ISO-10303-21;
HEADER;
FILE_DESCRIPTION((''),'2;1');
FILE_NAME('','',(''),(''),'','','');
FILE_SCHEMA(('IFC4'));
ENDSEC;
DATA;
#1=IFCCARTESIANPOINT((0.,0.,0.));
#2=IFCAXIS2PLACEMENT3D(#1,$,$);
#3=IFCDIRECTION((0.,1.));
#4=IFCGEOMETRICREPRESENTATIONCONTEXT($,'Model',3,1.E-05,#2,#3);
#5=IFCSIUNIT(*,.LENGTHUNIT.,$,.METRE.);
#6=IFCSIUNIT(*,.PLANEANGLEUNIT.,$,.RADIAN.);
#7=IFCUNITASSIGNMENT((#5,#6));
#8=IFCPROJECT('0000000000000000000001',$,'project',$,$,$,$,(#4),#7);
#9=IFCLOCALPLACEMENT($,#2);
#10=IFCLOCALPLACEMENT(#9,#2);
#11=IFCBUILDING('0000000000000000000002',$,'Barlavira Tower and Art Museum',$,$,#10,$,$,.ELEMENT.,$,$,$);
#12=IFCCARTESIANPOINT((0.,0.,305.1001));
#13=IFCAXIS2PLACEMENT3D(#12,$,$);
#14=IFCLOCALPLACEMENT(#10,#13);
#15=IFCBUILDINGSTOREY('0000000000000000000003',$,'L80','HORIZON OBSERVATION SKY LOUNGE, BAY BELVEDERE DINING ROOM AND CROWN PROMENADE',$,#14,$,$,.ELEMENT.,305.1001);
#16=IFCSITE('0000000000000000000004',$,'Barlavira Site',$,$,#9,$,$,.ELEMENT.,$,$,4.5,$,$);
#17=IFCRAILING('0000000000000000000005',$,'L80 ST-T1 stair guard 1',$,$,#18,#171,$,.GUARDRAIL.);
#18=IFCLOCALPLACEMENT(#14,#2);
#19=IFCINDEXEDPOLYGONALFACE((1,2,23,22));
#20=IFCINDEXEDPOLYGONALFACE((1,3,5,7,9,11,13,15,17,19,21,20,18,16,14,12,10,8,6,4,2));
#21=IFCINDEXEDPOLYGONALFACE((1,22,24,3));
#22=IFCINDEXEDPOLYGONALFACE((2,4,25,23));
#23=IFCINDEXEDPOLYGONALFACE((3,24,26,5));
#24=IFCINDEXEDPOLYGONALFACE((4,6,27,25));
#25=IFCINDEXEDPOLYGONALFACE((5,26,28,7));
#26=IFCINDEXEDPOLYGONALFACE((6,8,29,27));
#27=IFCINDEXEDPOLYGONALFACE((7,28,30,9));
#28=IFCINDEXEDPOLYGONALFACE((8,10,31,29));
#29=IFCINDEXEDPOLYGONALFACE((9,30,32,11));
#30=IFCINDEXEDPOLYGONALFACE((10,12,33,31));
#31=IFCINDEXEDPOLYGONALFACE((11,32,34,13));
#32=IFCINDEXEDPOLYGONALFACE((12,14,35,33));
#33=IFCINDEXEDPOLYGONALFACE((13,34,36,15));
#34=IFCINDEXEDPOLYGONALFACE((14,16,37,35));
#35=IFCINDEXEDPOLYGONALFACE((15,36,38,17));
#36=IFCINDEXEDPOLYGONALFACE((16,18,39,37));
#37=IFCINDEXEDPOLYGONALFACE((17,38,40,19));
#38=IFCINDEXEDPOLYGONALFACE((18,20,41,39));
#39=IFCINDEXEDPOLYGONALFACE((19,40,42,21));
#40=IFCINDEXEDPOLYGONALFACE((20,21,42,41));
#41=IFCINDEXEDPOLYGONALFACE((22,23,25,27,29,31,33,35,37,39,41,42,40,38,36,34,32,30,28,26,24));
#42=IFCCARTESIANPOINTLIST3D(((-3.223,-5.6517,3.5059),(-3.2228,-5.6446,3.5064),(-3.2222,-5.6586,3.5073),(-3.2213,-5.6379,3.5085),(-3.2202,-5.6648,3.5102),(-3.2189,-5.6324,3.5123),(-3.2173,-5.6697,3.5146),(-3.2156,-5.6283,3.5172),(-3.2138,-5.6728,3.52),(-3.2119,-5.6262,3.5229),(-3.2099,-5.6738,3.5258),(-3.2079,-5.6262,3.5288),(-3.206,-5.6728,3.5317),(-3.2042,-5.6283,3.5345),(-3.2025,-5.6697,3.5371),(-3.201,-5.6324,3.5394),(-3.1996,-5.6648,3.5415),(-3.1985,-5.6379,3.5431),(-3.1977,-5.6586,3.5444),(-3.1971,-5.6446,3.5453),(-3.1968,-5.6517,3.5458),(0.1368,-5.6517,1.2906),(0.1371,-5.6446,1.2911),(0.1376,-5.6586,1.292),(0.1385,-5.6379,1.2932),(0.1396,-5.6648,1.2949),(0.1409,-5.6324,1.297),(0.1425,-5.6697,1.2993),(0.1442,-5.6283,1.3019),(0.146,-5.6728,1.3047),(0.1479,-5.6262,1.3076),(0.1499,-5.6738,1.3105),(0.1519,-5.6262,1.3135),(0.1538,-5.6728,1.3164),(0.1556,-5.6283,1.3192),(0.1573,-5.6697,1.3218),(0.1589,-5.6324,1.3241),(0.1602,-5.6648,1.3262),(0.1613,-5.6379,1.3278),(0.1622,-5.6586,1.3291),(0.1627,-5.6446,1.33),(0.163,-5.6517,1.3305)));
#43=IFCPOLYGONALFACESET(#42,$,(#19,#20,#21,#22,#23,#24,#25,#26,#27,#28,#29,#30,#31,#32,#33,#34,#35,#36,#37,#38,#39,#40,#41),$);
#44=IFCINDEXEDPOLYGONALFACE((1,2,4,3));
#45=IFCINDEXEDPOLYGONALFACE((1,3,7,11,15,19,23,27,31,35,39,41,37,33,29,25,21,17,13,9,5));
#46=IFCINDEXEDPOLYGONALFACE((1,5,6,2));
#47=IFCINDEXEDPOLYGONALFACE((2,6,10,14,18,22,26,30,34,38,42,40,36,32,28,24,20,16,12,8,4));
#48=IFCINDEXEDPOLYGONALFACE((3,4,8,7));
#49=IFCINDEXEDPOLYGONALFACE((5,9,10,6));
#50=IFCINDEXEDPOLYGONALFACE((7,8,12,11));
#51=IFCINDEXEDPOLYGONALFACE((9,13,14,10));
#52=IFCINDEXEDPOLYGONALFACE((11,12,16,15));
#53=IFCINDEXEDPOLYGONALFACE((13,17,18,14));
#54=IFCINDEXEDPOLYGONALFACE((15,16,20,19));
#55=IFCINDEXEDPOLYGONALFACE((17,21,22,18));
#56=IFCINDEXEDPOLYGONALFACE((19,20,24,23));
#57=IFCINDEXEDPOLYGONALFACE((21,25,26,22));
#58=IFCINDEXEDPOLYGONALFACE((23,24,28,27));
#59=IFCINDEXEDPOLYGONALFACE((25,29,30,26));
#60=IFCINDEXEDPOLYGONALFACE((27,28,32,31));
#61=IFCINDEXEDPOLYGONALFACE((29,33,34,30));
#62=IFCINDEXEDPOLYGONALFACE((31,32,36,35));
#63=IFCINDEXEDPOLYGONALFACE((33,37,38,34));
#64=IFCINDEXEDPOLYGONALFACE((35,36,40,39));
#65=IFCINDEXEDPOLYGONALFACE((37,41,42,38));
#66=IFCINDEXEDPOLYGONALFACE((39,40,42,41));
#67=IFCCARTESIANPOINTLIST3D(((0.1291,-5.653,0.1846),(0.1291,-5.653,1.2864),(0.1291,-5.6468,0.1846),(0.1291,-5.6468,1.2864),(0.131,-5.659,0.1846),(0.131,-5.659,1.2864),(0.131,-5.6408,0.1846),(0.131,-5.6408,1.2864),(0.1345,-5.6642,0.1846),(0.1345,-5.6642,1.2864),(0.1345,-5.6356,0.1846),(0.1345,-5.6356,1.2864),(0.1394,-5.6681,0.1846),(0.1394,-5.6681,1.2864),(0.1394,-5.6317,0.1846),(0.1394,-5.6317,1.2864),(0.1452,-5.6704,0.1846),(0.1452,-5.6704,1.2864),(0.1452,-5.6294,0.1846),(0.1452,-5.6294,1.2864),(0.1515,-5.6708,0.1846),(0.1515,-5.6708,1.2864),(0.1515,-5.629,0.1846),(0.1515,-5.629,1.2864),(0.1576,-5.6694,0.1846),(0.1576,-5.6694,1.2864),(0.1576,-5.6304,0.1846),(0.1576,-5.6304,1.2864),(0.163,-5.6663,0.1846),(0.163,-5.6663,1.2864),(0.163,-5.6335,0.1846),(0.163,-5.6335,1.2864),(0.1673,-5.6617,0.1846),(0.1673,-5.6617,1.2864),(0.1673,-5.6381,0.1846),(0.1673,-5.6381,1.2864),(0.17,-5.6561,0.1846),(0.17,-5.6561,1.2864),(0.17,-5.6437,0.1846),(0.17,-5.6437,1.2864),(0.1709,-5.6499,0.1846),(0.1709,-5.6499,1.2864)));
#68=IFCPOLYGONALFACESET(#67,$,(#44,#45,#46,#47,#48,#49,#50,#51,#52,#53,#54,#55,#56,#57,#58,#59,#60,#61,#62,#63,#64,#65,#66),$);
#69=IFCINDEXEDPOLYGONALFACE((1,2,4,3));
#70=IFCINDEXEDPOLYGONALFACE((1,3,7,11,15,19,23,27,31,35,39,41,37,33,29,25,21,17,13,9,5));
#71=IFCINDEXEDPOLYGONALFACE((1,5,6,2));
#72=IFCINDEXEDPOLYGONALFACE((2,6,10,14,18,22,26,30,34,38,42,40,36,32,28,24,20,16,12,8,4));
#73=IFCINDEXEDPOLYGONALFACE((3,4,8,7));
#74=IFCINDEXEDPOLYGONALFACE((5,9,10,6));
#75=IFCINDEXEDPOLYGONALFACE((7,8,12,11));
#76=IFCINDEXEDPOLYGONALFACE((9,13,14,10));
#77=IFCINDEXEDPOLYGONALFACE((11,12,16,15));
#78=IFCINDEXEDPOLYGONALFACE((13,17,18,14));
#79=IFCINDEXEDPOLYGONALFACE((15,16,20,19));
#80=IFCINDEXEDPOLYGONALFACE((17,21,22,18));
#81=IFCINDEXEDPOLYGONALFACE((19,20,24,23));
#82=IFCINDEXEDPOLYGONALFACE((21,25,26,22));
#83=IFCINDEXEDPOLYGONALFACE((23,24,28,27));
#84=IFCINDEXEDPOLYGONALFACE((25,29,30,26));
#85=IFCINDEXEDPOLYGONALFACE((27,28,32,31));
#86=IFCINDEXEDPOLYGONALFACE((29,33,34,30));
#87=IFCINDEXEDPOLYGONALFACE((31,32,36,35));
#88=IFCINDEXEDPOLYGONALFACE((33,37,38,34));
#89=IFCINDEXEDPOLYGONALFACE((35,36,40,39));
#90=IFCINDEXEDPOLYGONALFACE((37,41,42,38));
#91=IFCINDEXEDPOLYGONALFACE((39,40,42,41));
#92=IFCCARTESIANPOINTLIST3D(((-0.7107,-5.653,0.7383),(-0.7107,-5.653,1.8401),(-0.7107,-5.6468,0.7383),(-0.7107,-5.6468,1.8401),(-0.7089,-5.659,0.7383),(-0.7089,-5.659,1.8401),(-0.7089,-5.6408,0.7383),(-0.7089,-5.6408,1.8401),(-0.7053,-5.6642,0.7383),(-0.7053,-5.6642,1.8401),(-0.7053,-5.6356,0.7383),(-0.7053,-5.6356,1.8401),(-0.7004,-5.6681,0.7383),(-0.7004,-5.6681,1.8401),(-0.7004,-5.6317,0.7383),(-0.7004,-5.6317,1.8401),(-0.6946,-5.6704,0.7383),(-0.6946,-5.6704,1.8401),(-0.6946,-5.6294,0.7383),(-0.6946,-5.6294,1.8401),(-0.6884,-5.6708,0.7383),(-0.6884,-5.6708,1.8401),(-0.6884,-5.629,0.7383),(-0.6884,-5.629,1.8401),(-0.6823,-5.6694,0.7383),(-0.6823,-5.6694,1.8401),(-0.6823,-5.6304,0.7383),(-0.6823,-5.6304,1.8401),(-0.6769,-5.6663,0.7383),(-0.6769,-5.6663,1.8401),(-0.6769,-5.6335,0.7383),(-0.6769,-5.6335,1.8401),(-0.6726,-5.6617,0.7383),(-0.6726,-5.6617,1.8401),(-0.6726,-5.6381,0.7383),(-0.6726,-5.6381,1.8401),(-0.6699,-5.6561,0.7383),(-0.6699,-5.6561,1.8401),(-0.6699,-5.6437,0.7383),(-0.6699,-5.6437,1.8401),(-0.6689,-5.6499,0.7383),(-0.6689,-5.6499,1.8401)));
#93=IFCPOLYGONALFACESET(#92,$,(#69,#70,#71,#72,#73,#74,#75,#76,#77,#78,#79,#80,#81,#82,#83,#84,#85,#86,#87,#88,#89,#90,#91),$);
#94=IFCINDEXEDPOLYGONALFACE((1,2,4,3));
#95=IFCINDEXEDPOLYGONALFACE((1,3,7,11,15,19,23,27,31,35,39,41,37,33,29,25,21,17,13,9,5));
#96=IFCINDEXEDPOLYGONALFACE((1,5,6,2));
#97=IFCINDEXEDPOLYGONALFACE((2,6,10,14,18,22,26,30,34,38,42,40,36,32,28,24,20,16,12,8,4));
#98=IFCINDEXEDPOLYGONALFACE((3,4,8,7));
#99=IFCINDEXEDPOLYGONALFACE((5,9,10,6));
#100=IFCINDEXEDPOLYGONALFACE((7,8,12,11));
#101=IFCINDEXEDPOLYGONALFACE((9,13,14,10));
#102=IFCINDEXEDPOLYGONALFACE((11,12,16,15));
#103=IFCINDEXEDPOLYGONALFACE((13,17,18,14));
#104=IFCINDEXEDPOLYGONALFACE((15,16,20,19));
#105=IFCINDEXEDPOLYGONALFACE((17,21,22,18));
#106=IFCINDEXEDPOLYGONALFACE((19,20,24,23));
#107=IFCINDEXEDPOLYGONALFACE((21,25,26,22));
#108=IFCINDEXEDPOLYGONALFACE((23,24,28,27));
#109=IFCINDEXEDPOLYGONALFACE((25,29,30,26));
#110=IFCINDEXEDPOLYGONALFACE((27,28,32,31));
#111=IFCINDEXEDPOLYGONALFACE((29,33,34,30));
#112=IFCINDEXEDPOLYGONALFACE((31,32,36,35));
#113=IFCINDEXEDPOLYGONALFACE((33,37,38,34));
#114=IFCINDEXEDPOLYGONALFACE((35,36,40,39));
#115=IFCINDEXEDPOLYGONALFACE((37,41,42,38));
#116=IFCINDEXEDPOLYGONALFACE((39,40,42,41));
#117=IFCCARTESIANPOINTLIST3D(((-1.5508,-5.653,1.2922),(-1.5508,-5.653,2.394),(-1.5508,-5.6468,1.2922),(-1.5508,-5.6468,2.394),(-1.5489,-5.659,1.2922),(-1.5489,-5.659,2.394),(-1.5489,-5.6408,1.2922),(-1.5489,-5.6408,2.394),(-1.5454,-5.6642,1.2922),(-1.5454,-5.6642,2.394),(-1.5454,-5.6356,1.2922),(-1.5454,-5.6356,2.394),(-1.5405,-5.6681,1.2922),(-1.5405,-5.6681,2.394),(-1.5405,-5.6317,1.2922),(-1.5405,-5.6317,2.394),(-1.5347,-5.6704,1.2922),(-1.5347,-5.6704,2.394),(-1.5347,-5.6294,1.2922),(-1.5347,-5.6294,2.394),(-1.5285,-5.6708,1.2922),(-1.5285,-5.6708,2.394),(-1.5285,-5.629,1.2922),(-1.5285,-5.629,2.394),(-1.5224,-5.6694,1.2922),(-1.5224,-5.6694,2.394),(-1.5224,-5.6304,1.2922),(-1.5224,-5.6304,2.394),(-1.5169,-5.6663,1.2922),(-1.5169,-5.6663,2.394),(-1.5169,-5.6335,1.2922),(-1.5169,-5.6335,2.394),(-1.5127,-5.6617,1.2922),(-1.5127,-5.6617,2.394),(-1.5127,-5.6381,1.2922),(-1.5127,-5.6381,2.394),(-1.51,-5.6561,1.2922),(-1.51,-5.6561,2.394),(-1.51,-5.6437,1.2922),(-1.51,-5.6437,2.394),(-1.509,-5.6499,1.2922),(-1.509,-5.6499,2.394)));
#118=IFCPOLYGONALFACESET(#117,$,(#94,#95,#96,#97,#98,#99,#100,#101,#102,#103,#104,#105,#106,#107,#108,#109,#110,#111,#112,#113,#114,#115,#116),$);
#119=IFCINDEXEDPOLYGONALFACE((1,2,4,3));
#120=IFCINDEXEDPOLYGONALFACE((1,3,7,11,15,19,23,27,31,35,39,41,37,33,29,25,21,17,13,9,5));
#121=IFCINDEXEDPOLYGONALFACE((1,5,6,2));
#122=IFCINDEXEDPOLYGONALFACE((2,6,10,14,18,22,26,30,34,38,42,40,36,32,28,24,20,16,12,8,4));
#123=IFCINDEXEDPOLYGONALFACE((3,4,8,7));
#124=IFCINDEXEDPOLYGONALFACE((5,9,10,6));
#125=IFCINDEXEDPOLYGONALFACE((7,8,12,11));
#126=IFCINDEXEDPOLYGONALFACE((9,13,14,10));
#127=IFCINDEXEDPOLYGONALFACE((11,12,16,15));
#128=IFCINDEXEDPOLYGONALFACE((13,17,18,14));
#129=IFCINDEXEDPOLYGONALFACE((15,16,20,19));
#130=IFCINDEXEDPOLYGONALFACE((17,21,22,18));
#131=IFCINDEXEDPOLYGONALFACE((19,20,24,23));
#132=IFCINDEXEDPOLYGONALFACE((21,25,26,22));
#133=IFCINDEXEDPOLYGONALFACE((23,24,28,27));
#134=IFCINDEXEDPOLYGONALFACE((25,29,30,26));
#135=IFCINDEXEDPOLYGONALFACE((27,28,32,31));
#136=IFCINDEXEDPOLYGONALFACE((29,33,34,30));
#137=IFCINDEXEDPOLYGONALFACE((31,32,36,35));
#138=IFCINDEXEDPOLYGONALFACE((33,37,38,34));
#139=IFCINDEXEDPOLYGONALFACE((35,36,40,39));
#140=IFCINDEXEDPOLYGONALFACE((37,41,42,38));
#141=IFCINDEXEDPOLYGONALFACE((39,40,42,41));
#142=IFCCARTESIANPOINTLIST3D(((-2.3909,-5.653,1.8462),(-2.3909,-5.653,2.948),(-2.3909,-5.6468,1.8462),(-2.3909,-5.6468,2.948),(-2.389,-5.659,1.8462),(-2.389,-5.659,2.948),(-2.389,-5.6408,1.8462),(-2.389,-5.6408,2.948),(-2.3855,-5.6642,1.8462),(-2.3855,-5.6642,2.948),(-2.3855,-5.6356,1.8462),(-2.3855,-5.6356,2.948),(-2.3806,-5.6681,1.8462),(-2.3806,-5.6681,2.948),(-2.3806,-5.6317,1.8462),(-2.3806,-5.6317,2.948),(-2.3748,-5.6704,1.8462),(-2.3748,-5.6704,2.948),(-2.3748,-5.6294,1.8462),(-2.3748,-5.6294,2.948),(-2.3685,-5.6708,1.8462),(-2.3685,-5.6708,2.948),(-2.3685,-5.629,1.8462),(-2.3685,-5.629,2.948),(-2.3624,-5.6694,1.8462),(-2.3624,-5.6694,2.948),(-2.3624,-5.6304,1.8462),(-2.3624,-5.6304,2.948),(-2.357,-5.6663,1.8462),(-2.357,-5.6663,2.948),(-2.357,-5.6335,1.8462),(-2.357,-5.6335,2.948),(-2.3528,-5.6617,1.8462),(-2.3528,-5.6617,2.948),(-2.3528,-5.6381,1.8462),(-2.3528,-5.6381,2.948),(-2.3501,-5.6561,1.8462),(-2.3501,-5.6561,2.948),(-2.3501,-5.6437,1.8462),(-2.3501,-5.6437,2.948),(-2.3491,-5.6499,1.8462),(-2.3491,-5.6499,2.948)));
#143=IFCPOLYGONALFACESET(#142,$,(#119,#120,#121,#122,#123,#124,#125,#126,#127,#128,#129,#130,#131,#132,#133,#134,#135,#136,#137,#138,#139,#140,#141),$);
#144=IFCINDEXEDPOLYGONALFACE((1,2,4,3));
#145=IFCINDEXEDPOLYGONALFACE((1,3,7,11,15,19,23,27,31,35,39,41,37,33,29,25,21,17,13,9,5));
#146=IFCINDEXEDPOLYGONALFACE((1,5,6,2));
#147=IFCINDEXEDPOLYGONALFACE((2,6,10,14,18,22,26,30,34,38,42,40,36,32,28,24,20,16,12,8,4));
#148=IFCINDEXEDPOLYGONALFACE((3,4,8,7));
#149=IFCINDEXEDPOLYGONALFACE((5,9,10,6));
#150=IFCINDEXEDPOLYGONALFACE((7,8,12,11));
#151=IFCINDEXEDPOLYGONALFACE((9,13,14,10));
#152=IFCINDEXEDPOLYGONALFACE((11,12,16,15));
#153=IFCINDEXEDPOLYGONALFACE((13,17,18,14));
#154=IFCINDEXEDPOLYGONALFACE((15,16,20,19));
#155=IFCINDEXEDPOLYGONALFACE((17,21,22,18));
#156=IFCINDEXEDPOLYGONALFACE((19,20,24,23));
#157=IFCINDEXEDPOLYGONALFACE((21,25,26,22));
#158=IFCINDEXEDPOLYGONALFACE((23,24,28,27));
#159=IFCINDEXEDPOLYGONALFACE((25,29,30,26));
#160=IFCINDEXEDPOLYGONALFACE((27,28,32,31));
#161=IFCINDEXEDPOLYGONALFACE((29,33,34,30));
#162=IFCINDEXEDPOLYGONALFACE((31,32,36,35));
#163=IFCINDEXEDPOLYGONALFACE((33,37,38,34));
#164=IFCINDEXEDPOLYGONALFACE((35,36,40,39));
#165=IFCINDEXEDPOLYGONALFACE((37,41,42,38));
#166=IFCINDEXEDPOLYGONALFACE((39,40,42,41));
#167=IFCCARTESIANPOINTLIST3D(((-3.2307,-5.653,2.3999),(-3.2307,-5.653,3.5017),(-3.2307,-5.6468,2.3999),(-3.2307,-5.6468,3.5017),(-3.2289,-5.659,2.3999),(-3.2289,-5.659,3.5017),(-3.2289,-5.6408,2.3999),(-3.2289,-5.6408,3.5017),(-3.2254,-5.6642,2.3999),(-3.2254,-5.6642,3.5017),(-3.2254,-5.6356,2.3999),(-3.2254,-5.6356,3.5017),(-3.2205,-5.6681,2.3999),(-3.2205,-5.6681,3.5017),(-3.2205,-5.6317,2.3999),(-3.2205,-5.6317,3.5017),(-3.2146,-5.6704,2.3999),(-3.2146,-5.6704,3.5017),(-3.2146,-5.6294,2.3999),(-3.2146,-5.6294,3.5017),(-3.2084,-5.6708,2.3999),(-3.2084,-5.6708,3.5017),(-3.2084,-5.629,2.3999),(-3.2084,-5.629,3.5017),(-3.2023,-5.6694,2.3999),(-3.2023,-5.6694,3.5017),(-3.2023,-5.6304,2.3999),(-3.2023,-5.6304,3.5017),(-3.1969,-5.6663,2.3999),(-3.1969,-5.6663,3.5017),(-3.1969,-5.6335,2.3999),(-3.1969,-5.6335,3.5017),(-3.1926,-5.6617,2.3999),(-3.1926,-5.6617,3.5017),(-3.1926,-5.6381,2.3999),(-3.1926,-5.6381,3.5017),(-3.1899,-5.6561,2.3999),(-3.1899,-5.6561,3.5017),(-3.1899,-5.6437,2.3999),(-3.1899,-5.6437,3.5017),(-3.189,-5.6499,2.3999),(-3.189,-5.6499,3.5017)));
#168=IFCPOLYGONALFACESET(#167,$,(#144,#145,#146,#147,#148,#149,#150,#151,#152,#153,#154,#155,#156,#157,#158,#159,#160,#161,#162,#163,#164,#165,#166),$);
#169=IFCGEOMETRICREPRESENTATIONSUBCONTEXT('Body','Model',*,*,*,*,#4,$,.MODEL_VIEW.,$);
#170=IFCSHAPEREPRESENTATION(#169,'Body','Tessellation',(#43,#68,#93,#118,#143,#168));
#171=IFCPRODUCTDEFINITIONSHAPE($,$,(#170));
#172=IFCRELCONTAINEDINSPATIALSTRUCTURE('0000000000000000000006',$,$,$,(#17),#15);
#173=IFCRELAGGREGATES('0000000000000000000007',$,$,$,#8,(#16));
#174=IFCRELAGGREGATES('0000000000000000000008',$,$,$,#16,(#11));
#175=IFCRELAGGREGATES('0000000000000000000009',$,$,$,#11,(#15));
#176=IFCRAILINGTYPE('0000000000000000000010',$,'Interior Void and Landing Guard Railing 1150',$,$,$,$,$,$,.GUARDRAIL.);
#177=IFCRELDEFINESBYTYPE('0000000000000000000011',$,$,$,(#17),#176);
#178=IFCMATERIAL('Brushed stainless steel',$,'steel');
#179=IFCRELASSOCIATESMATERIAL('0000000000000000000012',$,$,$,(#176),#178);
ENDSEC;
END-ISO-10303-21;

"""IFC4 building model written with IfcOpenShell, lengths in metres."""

from ifc_helpers import new_model, si_unit, direction, frame, origin, origin_2d, place, context, subcontext, project, spatial, circle, extrude, material, type_object, element, save


model = new_model("IFC4")

# Units and contexts
model_context = context("Model", 3, precision=1e-05, world=origin(), true_north=direction((0.0, 1.0)))
body_context = subcontext(model_context, "Body", "Model", "MODEL_VIEW")
ifc_project = project(units=[si_unit("LENGTHUNIT", "METRE"), si_unit("PLANEANGLEUNIT", "RADIAN")], contexts=[model_context])

# Site, building, storey
site_placement = place(None, origin())
site = spatial("IfcSite", under=ifc_project, at=site_placement, Name="Barlavira Site", CompositionType="ELEMENT", RefElevation=4.5)
building_placement = place(site_placement, origin())
building = spatial("IfcBuilding", under=site, at=building_placement, Name="Barlavira Tower and Art Museum", CompositionType="ELEMENT")
storey_placement = place(building_placement, frame((0.0, 0.0, 305.1001)))
storey = spatial("IfcBuildingStorey", under=building, at=storey_placement, Name="L80", Description="HORIZON OBSERVATION SKY LOUNGE, BAY BELVEDERE DINING ROOM AND CROWN PROMENADE", CompositionType="ELEMENT", Elevation=305.1001)

# Shared definitions
ifc_material_1 = material(Name="Brushed stainless steel", Category="steel")

# Railing
railing_type_1 = type_object("IfcRailingType", Name="Interior Void and Landing Guard Railing 1150", PredefinedType="GUARDRAIL", material=ifc_material_1)
railing_1_placement = place(storey_placement, frame((0.1499, -5.6499, 0.1846)))
element("IfcRailing", 1, at=railing_1_placement, inside=storey, type_object=railing_type_1, Name="L80 ST-T1 stair guard 1", PredefinedType="GUARDRAIL", context=body_context, shape_type="SweptSolid", body=[
    extrude(circle(Radius=0.0239, at=origin_2d()), frame((0.0, 0.0, 1.126), z_axis=(-0.834858, 0.0, 0.550465), x_axis=(0.0, -1.0, 0.0)), (0.0, 0.0, 1.0), 4.0244),
    extrude(circle(Radius=0.021, at=origin_2d()), origin(), (0.0, 0.0, 1.0), 1.1018),
    extrude(circle(Radius=0.021, at=origin_2d()), frame((-0.8398, 0.0, 0.5537)), (0.0, 0.0, 1.0), 1.1018),
    extrude(circle(Radius=0.021, at=origin_2d()), frame((-1.6799, 0.0, 1.1077)), (0.0, 0.0, 1.0), 1.1018),
    extrude(circle(Radius=0.021, at=origin_2d()), frame((-2.52, 0.0, 1.6616)), (0.0, 0.0, 1.0), 1.1018),
    extrude(circle(Radius=0.021, at=origin_2d()), frame((-3.3599, 0.0, 2.2153)), (0.0, 0.0, 1.0), 1.1018),
])

save(model, "model.ifc")
